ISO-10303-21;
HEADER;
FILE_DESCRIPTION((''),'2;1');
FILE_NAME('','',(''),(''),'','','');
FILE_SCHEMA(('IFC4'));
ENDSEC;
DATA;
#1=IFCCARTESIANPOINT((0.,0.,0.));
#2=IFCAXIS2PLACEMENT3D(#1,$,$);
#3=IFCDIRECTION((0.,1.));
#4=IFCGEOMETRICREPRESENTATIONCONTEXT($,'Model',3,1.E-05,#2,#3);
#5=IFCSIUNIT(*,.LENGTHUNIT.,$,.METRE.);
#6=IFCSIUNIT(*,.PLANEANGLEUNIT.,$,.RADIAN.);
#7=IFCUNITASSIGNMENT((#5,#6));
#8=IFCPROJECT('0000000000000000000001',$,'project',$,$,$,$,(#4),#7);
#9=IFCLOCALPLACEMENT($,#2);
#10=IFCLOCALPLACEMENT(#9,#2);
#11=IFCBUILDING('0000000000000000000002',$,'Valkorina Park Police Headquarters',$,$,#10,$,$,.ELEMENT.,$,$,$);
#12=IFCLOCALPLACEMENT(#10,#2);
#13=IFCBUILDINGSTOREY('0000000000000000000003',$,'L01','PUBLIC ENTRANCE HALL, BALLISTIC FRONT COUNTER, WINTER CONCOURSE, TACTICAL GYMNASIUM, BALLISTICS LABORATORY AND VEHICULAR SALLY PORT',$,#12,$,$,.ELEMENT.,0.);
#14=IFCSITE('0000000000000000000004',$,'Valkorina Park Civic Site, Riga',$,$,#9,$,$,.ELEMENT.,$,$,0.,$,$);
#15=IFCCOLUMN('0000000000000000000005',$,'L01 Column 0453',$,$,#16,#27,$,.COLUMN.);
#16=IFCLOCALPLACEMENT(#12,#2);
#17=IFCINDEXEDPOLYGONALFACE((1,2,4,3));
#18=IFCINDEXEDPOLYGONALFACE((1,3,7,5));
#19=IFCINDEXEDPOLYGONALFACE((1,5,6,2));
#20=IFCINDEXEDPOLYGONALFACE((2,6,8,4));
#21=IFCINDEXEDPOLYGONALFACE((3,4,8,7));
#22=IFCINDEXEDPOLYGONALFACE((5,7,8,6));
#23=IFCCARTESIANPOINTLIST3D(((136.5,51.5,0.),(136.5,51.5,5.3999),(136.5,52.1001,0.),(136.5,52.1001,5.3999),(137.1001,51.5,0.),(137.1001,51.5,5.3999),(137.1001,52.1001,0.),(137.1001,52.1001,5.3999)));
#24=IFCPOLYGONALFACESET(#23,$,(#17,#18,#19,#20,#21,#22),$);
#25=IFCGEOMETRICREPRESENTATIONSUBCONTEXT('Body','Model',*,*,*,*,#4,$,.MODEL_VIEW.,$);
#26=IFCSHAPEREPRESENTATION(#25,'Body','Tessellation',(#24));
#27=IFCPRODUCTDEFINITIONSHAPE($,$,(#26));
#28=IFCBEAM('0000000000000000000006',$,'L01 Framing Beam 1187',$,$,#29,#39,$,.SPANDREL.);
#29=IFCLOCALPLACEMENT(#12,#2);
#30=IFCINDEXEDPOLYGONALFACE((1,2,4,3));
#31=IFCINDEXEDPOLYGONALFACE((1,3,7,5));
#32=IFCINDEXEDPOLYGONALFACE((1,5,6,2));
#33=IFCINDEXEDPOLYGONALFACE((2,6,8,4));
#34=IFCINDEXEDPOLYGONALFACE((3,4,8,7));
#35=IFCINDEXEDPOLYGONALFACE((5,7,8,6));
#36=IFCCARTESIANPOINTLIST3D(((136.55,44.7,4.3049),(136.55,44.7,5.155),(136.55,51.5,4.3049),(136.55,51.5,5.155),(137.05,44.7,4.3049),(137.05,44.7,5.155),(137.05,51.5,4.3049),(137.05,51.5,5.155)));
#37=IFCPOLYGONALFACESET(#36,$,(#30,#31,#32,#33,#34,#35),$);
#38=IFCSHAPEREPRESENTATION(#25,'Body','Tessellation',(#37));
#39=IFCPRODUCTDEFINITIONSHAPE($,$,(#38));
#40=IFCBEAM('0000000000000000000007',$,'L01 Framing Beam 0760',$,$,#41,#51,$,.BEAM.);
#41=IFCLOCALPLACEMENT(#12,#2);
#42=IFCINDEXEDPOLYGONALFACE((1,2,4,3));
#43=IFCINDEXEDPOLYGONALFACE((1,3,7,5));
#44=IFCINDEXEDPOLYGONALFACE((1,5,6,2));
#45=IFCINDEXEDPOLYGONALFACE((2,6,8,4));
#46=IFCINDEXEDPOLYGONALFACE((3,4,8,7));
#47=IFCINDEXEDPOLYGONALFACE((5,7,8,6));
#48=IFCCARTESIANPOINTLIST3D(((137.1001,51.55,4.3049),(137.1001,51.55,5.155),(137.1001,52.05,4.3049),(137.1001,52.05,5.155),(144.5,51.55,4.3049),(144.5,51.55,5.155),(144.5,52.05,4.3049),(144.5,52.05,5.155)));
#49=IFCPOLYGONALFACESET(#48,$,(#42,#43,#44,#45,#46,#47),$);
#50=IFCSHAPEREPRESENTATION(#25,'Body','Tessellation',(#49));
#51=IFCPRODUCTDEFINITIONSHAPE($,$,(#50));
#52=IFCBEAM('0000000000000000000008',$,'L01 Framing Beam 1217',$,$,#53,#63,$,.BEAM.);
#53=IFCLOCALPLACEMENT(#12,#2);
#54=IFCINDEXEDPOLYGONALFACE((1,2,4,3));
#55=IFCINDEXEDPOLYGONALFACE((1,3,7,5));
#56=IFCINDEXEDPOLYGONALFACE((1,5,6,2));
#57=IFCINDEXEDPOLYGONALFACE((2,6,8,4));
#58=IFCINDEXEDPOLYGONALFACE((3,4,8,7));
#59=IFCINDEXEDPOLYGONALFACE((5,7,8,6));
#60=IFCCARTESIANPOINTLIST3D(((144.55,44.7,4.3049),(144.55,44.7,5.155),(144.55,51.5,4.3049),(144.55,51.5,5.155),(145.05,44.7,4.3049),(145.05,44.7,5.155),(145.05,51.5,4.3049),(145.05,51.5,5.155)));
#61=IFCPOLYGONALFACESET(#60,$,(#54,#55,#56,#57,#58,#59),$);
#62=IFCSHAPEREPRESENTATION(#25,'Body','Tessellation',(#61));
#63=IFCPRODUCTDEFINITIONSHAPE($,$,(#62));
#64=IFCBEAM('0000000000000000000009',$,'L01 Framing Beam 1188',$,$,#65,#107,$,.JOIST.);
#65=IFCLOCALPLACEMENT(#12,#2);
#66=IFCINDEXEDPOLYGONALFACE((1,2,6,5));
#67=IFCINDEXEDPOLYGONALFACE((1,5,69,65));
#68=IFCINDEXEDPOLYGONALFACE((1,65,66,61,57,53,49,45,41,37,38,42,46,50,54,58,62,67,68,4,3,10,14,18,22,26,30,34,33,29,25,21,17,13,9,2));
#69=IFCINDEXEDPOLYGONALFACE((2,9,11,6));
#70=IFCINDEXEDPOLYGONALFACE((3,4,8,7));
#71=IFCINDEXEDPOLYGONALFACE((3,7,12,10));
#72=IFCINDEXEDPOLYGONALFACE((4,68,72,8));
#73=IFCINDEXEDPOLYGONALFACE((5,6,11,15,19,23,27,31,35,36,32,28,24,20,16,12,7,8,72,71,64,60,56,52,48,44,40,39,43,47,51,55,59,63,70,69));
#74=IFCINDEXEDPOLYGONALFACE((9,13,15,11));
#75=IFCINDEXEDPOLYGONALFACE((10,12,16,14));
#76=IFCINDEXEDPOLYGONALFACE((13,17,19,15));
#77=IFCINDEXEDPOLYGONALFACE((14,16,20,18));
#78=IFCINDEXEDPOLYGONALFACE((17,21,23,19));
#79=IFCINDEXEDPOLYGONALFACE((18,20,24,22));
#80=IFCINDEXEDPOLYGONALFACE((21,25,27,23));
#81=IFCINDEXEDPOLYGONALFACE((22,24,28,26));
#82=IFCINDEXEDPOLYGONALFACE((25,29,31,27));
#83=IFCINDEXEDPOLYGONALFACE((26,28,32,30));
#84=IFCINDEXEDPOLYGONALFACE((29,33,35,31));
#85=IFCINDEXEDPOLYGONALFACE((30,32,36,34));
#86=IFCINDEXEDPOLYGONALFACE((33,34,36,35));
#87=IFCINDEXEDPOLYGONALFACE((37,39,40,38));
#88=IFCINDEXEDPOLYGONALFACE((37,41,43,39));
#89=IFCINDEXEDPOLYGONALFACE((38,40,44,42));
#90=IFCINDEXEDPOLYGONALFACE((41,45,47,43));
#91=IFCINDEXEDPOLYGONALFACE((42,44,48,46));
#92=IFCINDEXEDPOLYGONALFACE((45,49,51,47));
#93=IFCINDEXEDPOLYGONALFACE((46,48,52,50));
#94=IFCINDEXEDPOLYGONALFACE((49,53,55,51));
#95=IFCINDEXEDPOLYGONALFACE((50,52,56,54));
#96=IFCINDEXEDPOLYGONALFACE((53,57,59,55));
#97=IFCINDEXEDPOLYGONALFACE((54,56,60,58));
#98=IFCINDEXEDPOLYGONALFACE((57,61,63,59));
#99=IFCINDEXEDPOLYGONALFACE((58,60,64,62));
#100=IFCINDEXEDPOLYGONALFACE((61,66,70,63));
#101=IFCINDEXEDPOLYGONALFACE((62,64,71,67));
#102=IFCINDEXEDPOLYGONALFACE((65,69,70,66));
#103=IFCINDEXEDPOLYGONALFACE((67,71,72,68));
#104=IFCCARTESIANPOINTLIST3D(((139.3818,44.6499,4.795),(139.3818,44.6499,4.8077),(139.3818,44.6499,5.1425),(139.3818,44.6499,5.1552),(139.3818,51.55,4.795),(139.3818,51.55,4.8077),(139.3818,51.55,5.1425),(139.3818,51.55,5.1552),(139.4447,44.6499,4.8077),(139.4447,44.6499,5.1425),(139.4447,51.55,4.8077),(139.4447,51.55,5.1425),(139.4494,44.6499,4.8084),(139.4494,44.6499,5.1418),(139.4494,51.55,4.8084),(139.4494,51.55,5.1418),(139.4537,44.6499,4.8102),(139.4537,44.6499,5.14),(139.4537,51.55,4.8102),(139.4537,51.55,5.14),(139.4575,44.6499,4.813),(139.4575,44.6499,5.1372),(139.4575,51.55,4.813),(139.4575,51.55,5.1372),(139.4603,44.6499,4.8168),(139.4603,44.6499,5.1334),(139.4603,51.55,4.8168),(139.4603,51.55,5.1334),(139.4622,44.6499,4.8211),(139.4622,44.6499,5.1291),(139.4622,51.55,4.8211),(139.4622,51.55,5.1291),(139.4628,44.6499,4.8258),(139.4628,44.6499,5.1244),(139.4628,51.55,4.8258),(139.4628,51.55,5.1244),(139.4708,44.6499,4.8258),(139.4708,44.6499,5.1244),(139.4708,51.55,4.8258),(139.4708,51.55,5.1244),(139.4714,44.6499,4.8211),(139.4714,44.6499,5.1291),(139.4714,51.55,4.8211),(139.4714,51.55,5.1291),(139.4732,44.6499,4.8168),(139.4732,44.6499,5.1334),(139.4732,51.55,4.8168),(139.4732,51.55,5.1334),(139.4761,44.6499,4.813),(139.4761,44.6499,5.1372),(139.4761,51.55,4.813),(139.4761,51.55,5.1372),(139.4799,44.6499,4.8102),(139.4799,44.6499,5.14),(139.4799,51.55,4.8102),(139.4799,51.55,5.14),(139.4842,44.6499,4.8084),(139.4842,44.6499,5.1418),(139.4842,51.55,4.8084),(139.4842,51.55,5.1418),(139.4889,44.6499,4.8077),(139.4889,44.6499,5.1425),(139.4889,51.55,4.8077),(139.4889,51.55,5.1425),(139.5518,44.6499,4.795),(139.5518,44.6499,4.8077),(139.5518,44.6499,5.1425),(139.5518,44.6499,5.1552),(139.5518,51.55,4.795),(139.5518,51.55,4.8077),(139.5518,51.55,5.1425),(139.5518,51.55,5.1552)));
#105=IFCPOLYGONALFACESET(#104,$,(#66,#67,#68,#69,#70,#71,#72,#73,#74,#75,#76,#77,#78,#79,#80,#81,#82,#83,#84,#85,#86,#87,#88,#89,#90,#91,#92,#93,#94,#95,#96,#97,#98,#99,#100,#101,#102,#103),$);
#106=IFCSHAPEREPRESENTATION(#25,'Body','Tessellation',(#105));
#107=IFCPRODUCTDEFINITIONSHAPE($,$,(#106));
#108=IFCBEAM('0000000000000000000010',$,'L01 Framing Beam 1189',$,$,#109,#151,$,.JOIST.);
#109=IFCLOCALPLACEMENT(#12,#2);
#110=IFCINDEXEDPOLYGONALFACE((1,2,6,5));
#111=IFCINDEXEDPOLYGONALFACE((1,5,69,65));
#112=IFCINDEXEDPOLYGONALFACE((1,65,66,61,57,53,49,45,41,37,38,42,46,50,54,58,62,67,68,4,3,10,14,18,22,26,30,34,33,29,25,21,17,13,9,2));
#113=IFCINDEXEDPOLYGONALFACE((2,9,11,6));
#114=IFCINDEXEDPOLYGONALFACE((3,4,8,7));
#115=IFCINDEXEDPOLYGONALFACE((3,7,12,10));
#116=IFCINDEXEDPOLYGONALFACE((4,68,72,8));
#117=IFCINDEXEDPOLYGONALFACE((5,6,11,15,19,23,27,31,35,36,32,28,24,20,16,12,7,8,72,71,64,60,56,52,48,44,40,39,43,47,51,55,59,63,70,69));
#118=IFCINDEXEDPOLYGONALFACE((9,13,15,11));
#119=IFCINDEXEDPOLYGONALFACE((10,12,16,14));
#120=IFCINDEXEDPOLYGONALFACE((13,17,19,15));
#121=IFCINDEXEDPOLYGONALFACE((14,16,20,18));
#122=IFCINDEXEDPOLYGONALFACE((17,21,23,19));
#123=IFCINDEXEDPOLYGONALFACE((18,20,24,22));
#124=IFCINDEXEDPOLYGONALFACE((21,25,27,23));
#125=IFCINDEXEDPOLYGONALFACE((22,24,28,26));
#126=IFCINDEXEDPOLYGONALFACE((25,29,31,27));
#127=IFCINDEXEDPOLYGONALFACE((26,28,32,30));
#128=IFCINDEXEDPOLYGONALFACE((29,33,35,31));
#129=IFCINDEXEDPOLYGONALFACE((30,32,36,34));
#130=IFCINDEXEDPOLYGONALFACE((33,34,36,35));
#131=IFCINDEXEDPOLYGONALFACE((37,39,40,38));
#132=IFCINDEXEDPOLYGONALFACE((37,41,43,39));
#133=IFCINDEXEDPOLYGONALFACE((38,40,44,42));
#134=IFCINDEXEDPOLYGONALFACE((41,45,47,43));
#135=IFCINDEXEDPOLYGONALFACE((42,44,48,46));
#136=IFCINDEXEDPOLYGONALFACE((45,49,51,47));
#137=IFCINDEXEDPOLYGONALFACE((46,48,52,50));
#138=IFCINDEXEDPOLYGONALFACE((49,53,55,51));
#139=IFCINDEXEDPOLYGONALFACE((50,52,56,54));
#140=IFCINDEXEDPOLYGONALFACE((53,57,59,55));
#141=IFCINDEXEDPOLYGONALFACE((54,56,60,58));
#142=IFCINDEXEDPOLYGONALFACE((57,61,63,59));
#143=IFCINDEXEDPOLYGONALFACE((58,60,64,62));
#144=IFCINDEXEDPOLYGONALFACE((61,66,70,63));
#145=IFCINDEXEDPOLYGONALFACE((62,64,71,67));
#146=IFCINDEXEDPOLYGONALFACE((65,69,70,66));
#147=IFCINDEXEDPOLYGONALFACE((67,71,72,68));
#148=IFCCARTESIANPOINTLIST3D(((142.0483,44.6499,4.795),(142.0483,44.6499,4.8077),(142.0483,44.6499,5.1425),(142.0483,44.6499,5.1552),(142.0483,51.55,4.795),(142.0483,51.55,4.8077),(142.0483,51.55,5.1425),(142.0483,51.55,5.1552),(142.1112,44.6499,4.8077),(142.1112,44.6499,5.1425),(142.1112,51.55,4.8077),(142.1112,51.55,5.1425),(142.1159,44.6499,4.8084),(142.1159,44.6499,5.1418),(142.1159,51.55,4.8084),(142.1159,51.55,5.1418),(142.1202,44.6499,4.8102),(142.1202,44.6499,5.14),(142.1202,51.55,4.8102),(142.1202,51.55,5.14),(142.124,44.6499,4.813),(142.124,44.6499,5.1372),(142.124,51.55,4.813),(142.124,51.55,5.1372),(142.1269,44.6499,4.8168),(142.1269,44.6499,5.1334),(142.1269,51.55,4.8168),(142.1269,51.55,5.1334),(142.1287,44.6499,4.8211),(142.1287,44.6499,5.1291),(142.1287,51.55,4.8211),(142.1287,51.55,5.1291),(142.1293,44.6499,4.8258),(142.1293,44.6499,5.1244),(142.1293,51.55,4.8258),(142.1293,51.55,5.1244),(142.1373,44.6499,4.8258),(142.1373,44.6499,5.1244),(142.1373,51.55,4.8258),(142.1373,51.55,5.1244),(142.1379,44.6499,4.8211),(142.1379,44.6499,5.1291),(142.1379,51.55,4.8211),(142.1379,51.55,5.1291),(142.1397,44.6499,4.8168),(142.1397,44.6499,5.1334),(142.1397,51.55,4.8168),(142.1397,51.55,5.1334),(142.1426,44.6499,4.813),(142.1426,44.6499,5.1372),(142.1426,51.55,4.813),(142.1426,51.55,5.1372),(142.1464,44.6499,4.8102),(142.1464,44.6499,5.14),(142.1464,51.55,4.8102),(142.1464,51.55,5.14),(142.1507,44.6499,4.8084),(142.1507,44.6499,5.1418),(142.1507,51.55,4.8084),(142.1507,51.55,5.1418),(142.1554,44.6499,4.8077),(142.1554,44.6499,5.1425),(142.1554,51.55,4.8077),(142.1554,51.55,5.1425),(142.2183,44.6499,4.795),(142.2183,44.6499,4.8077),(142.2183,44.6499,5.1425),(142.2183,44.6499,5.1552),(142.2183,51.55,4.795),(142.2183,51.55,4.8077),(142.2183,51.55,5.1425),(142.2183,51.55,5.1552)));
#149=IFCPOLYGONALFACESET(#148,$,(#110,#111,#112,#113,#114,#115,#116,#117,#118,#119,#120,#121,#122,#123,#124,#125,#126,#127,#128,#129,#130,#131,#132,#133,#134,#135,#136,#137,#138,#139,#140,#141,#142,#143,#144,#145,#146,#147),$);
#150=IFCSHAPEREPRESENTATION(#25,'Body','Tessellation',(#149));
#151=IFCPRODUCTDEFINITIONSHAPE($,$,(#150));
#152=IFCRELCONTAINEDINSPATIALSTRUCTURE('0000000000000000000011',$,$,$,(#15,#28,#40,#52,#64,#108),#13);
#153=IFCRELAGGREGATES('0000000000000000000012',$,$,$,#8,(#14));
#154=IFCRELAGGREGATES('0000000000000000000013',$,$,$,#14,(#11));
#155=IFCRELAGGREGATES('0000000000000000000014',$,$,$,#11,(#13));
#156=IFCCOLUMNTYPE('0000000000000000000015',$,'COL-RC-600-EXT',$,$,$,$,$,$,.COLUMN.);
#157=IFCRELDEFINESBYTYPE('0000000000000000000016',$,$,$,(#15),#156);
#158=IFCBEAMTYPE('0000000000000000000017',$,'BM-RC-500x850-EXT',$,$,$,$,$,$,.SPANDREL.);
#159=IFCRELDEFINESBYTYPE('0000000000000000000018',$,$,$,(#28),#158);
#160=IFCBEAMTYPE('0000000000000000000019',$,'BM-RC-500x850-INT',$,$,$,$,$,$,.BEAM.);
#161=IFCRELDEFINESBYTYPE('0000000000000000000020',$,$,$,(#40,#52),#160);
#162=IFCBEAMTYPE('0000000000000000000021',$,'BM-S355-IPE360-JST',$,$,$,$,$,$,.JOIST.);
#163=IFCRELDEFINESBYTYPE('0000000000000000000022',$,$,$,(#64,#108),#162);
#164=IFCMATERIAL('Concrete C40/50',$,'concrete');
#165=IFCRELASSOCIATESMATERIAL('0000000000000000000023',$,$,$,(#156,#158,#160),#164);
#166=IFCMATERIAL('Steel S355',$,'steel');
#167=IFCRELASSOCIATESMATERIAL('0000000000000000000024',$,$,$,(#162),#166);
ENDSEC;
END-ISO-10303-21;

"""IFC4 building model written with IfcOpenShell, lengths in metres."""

from ifc_helpers import new_model, si_unit, direction, frame, origin, origin_2d, place, context, subcontext, project, spatial, rectangle, i_section, extrude, material, material_profile, profile_set, type_object, element, save


model = new_model("IFC4")

# Units and contexts
model_context = context("Model", 3, precision=1e-05, world=origin(), true_north=direction((0.0, 1.0)))
body_context = subcontext(model_context, "Body", "Model", "MODEL_VIEW")
ifc_project = project(units=[si_unit("LENGTHUNIT", "METRE"), si_unit("PLANEANGLEUNIT", "RADIAN")], contexts=[model_context])

# Site, building, storey
site_placement = place(None, origin())
site = spatial("IfcSite", under=ifc_project, at=site_placement, Name="Valkorina Park Civic Site, Riga", CompositionType="ELEMENT", RefElevation=0.0)
building_placement = place(site_placement, origin())
building = spatial("IfcBuilding", under=site, at=building_placement, Name="Valkorina Park Police Headquarters", CompositionType="ELEMENT")
storey_placement = place(building_placement, origin())
storey = spatial("IfcBuildingStorey", under=building, at=storey_placement, Name="L01", Description="PUBLIC ENTRANCE HALL, BALLISTIC FRONT COUNTER, WINTER CONCOURSE, TACTICAL GYMNASIUM, BALLISTICS LABORATORY AND VEHICULAR SALLY PORT", CompositionType="ELEMENT", Elevation=0.0)

# Column
ifc_material_1 = material(Name="Concrete C40/50", Category="concrete")
ifc_material_profile_1 = material_profile(ifc_material_1, rectangle(XDim=0.6001, YDim=0.6001, at=origin_2d()), Name="RC COL 600x600")
ifc_profile_set_1 = profile_set([ifc_material_profile_1], Name="Concrete C40/50")
column_type = type_object("IfcColumnType", Name="COL-RC-600-EXT", PredefinedType="COLUMN", material=ifc_profile_set_1)
column_placement = place(storey_placement, frame((136.8, 51.8, 0.0), z_axis=(0.0, 0.0, 1.0), x_axis=(1.0, 0.0, 0.0)))
element("IfcColumn", 1, at=column_placement, inside=storey, type_object=column_type, Name="L01 Column 0453", PredefinedType="COLUMN", context=body_context, shape_type="SweptSolid", body=[
    extrude(rectangle(XDim=0.6001, YDim=0.6001, at=origin_2d()), origin(), (0.0, 0.0, 1.0), 5.3999),
])

# Beams
ifc_material_profile_2 = material_profile(ifc_material_1, rectangle(XDim=0.5, YDim=0.8501, at=origin_2d()), Name="RC BEAM 500x850")
ifc_profile_set_2 = profile_set([ifc_material_profile_2], Name="Concrete C40/50")
beam_type_1 = type_object("IfcBeamType", Name="BM-RC-500x850-EXT", PredefinedType="SPANDREL", material=ifc_profile_set_2)
beam_1_placement = place(storey_placement, frame((136.8, 44.7, 4.73), z_axis=(0.0, 1.0, 0.0), x_axis=(-1.0, 0.0, 0.0)))
element("IfcBeam", 2, at=beam_1_placement, inside=storey, type_object=beam_type_1, Name="L01 Framing Beam 1187", PredefinedType="SPANDREL", context=body_context, shape_type="SweptSolid", body=[
    extrude(rectangle(XDim=0.5, YDim=0.8501, at=origin_2d()), origin(), (0.0, 0.0, 1.0), 6.8),
])
ifc_material_profile_3 = material_profile(ifc_material_1, rectangle(XDim=0.5, YDim=0.8501, at=origin_2d()), Name="RC BEAM 500x850")
ifc_profile_set_3 = profile_set([ifc_material_profile_3], Name="Concrete C40/50")
beam_type_2 = type_object("IfcBeamType", Name="BM-RC-500x850-INT", PredefinedType="BEAM", material=ifc_profile_set_3)
beam_2_placement = place(storey_placement, frame((137.1001, 51.8, 4.73), z_axis=(1.0, 0.0, 0.0), x_axis=(0.0, 1.0, 0.0)))
element("IfcBeam", 3, at=beam_2_placement, inside=storey, type_object=beam_type_2, Name="L01 Framing Beam 0760", PredefinedType="BEAM", context=body_context, shape_type="SweptSolid", body=[
    extrude(rectangle(XDim=0.5, YDim=0.8501, at=origin_2d()), origin(), (0.0, 0.0, 1.0), 7.3999),
])
beam_3_placement = place(storey_placement, frame((144.8, 44.7, 4.73), z_axis=(0.0, 1.0, 0.0), x_axis=(-1.0, 0.0, 0.0)))
element("IfcBeam", 4, at=beam_3_placement, inside=storey, type_object=beam_type_2, Name="L01 Framing Beam 1217", PredefinedType="BEAM", context=body_context, shape_type="SweptSolid", body=[
    extrude(rectangle(XDim=0.5, YDim=0.8501, at=origin_2d()), origin(), (0.0, 0.0, 1.0), 6.8),
])
ifc_material_2 = material(Name="Steel S355", Category="steel")
ifc_material_profile_4 = material_profile(ifc_material_2, i_section(OverallWidth=0.1699, OverallDepth=0.3601, WebThickness=0.0081, FlangeThickness=0.0127, FilletRadius=0.0181, at=origin_2d()), Name="IPE 360")
ifc_profile_set_4 = profile_set([ifc_material_profile_4], Name="Steel S355")
beam_type_3 = type_object("IfcBeamType", Name="BM-S355-IPE360-JST", PredefinedType="JOIST", material=ifc_profile_set_4)
for number, where, z_axis, x_axis, name in (
    (5, (139.4668, 44.6499, 4.9751), (0.0, 1.0, 0.0), (-1.0, 0.0, 0.0), "L01 Framing Beam 1188"),
    (6, (142.1333, 44.6499, 4.9751), (0.0, 1.0, 0.0), (-1.0, 0.0, 0.0), "L01 Framing Beam 1189"),
):
    element("IfcBeam", number, at=place(storey_placement, frame(where, z_axis=z_axis, x_axis=x_axis)), inside=storey, type_object=beam_type_3, Name=name, PredefinedType="JOIST", context=body_context, shape_type="SweptSolid", body=[
        extrude(i_section(OverallWidth=0.1699, OverallDepth=0.3601, WebThickness=0.0081, FlangeThickness=0.0127, FilletRadius=0.0181, at=origin_2d()), origin(), (0.0, 0.0, 1.0), 6.9001),
    ])

save(model, "model.ifc")
